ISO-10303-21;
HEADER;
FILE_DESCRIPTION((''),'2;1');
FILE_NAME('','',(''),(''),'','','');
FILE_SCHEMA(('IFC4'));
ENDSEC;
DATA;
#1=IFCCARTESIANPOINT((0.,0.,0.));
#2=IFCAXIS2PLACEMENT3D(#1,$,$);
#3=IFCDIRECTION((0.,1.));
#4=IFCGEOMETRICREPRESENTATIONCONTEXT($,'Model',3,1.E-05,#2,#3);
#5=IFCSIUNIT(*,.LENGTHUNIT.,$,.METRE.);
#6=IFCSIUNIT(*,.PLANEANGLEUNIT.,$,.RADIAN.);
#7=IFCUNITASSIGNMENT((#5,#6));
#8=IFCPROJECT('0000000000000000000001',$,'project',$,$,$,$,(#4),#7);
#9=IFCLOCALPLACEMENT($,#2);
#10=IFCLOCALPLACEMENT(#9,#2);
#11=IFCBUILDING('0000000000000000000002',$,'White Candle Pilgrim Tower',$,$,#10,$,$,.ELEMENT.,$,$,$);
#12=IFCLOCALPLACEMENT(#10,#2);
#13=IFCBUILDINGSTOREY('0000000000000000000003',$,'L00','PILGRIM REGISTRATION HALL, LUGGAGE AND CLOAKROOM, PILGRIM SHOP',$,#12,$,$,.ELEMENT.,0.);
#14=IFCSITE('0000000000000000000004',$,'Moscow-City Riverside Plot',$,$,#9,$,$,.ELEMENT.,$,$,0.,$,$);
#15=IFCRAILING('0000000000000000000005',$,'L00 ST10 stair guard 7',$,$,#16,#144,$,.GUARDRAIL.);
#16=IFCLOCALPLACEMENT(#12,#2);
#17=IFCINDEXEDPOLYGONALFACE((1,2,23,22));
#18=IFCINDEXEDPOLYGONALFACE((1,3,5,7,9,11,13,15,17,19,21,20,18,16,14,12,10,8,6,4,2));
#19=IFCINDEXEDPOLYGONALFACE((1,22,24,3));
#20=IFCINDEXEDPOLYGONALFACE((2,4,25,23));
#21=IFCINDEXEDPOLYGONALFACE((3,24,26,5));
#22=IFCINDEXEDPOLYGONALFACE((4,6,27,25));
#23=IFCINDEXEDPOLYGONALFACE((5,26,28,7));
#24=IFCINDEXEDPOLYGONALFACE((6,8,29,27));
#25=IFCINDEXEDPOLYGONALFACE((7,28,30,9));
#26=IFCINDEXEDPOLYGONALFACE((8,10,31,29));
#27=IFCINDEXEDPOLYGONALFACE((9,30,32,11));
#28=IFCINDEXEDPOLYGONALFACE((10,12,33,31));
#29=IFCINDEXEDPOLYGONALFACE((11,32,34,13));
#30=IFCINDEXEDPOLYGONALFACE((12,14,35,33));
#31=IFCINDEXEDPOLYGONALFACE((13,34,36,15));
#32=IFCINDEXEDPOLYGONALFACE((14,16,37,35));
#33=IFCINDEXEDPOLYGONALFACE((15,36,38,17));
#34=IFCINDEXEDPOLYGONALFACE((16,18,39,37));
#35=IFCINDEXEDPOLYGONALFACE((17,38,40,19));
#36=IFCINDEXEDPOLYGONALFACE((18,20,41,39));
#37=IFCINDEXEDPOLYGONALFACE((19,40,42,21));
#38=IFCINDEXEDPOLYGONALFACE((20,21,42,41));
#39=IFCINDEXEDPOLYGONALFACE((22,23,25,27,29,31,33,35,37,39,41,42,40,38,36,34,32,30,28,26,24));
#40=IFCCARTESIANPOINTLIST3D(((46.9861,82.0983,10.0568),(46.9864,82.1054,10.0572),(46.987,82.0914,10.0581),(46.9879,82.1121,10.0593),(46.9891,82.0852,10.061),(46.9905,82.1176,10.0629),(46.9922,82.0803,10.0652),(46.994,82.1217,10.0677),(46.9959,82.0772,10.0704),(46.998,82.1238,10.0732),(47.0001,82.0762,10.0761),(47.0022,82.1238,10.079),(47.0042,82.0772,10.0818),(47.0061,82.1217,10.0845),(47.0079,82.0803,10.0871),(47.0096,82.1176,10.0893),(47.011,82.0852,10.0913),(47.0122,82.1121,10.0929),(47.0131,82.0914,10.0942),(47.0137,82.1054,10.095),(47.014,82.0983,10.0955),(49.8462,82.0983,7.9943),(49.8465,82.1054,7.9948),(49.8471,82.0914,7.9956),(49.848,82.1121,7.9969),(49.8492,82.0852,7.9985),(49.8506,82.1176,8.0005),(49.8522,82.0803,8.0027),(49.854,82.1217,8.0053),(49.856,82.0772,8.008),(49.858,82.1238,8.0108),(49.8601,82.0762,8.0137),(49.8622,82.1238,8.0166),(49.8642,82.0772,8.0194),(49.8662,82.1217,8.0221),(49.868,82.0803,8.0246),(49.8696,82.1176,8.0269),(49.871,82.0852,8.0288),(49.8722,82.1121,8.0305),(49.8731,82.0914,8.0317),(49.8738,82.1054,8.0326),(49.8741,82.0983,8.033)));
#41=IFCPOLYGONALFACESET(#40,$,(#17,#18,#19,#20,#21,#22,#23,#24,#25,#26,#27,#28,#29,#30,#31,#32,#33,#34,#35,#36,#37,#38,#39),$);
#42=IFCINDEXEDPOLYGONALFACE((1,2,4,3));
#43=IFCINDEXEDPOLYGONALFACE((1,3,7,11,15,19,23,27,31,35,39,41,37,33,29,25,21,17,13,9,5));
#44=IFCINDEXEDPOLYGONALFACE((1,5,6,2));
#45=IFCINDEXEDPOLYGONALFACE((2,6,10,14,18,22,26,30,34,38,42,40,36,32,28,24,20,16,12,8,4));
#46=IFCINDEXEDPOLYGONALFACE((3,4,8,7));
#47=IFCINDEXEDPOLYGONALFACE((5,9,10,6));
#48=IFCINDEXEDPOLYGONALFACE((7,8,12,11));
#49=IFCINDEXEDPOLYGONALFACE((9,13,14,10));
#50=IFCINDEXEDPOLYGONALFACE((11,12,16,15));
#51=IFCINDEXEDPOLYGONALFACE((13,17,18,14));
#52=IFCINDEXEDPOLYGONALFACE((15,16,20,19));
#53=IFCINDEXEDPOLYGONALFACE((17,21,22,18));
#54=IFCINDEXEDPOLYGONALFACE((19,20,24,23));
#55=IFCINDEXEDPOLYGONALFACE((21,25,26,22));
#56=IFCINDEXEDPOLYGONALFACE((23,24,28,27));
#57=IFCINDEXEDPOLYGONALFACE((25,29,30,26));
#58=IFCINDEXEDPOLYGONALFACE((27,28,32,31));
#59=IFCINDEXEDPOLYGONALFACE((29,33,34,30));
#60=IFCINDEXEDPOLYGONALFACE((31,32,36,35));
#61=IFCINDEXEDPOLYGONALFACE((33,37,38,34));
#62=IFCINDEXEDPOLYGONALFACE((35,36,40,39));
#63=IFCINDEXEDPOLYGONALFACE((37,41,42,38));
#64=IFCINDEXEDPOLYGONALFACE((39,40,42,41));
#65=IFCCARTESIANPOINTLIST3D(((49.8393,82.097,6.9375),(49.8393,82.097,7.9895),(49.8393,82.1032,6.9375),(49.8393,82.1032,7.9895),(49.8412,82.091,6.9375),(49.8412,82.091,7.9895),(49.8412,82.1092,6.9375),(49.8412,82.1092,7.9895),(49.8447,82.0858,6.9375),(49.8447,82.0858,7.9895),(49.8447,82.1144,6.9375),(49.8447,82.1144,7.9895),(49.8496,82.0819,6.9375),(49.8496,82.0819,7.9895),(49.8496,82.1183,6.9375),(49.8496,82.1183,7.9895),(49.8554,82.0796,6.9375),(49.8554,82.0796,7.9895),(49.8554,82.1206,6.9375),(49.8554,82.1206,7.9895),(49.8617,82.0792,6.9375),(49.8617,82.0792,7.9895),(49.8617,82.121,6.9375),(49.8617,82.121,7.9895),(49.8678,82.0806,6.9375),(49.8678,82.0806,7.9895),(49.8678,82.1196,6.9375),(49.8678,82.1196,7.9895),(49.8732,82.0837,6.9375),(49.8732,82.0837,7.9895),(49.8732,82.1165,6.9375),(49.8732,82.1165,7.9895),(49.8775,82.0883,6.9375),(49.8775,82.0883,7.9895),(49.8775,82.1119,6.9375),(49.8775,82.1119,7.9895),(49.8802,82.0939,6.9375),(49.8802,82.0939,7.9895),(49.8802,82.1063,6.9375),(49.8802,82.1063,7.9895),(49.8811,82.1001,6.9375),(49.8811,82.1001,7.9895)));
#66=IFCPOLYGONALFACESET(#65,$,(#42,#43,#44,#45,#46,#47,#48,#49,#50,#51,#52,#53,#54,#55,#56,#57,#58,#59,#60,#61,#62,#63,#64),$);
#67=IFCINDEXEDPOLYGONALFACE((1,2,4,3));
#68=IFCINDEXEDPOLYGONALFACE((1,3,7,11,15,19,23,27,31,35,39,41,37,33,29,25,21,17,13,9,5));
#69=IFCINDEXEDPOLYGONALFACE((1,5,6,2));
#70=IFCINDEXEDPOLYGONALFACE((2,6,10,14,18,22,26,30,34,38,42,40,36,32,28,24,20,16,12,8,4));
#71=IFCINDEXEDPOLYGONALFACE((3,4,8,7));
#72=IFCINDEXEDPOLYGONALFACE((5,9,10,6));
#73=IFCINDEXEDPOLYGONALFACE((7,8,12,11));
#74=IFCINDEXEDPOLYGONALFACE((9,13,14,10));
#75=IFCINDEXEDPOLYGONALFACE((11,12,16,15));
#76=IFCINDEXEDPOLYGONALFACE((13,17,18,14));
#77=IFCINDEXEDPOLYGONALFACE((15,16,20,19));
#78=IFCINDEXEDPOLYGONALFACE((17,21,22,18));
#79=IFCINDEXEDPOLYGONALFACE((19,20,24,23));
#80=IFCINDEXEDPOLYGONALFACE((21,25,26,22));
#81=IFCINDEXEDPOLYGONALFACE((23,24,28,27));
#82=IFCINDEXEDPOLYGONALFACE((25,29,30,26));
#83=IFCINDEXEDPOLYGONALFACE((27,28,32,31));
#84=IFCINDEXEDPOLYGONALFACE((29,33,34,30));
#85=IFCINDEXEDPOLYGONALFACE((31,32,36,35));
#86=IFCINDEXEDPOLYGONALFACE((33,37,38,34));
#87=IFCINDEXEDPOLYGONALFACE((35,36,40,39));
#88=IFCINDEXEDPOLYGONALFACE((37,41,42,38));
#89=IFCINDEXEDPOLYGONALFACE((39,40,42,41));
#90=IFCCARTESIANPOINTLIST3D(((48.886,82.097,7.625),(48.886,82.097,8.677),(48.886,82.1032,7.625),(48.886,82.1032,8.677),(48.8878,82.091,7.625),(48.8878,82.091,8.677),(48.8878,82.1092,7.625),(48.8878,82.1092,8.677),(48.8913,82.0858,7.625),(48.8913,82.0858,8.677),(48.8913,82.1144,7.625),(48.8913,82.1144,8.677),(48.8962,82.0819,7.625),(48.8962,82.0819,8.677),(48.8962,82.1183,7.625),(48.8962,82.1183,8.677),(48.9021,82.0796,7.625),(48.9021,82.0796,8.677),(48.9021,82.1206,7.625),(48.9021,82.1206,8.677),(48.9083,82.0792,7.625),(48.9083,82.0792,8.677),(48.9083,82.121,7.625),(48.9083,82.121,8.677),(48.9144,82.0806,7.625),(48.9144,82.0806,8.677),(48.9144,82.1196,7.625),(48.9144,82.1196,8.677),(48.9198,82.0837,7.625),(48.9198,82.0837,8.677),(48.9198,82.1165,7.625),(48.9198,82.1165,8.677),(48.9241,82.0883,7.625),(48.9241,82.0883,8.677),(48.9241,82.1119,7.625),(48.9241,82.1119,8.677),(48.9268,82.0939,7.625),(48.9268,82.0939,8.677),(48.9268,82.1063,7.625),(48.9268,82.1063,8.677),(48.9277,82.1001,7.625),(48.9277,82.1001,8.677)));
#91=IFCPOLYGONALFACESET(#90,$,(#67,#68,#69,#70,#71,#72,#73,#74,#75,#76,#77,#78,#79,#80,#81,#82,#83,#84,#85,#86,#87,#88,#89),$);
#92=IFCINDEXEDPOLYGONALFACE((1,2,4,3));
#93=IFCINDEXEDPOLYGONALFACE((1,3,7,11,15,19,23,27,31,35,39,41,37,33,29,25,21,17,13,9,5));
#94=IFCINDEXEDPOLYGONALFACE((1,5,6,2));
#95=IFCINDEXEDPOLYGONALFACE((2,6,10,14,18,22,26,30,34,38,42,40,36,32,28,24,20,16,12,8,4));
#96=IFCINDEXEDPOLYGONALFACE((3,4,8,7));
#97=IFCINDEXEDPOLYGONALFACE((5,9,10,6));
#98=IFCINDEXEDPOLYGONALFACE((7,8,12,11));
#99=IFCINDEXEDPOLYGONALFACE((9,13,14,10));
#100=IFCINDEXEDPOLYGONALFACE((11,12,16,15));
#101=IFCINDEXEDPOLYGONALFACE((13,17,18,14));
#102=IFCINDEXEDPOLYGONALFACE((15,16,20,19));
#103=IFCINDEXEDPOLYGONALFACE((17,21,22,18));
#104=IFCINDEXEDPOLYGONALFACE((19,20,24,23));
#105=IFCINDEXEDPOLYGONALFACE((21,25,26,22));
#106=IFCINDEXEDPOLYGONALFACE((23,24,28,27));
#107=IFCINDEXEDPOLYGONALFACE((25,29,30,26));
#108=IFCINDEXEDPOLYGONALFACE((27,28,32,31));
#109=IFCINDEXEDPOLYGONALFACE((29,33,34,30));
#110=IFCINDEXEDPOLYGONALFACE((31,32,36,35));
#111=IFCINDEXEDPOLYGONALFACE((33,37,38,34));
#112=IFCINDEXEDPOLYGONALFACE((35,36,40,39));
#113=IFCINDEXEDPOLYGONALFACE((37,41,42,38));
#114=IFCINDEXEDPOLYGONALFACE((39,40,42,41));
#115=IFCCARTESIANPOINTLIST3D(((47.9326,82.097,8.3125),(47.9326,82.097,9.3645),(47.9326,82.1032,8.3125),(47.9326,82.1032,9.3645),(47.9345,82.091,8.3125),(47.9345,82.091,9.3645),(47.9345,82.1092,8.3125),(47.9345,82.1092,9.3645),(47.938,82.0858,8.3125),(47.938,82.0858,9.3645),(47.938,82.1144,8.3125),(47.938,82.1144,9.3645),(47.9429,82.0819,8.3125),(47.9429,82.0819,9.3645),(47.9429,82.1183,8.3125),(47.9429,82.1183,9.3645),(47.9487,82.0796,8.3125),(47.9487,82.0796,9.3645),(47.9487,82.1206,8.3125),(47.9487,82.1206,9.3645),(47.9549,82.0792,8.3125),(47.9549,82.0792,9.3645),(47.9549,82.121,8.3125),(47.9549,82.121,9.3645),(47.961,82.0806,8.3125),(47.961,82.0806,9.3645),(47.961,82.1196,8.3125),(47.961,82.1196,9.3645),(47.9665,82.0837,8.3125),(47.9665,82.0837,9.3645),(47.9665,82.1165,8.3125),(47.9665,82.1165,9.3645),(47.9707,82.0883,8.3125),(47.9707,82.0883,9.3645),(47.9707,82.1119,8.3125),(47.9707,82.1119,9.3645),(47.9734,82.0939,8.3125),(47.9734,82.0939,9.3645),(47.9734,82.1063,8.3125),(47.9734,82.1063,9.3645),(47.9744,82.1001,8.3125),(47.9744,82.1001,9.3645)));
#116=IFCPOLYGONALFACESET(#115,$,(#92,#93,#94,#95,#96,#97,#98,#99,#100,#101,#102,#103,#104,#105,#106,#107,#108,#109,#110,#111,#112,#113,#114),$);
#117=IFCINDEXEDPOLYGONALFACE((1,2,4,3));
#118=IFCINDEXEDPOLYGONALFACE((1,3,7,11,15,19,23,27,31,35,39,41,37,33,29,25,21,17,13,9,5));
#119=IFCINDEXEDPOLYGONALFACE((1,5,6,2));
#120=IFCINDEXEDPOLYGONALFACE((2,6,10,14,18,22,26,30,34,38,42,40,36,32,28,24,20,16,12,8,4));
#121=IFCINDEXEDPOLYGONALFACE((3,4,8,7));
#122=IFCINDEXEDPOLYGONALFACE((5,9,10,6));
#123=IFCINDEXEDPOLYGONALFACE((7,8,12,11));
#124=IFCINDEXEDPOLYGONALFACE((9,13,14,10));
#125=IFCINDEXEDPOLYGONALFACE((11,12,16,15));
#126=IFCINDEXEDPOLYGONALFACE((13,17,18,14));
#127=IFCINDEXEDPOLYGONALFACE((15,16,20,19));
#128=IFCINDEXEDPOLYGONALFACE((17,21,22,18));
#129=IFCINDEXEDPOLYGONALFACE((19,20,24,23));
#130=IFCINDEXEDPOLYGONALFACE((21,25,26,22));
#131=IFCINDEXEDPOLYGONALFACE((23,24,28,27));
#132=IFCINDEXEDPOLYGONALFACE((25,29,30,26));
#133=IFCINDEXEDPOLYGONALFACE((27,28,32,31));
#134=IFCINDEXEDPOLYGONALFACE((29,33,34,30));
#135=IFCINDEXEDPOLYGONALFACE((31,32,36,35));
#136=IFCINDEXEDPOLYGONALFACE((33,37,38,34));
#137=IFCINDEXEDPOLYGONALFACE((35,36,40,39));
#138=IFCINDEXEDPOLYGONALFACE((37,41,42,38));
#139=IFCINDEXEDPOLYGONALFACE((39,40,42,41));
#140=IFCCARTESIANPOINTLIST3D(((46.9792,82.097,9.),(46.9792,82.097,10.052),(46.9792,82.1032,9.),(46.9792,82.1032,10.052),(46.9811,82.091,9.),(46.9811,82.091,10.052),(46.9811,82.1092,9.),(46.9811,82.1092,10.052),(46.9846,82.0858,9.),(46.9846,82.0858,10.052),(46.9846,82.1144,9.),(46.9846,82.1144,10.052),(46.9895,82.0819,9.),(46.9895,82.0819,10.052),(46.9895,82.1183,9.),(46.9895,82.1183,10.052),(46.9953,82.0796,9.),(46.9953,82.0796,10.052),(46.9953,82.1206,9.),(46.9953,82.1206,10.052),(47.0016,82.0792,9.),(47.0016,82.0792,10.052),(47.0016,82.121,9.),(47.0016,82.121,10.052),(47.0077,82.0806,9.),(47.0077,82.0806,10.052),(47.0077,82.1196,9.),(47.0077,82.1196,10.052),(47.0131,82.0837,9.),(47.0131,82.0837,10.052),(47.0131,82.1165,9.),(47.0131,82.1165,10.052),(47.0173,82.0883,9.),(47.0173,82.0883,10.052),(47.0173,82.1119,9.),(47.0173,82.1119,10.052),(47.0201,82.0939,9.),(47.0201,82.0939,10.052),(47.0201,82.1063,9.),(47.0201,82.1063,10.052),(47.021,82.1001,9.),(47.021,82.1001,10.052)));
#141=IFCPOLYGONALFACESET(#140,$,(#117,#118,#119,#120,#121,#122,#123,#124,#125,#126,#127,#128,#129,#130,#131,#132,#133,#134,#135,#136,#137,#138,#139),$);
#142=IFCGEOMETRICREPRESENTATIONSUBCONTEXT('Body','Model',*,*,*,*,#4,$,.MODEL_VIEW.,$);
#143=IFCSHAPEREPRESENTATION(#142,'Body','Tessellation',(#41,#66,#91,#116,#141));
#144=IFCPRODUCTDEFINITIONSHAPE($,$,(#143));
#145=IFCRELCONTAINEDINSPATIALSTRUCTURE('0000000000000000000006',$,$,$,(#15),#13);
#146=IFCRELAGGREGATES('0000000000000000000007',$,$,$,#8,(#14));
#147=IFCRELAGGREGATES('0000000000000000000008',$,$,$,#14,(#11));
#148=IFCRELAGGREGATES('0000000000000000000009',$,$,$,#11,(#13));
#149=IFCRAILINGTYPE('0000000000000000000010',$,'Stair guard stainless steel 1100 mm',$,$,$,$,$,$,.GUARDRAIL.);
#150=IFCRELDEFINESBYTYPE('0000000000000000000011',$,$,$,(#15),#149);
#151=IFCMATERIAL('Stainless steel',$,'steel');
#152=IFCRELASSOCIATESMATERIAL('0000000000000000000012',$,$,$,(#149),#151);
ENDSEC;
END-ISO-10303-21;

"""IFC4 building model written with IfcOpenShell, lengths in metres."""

from ifc_helpers import new_model, si_unit, direction, frame, origin, origin_2d, place, context, subcontext, project, spatial, circle, extrude, material, type_object, element, save


model = new_model("IFC4")

# Units and contexts
model_context = context("Model", 3, precision=1e-05, world=origin(), true_north=direction((0.0, 1.0)))
body_context = subcontext(model_context, "Body", "Model", "MODEL_VIEW")
ifc_project = project(units=[si_unit("LENGTHUNIT", "METRE"), si_unit("PLANEANGLEUNIT", "RADIAN")], contexts=[model_context])

# Site, building, storey
site_placement = place(None, origin())
site = spatial("IfcSite", under=ifc_project, at=site_placement, Name="Moscow-City Riverside Plot", CompositionType="ELEMENT", RefElevation=0.0)
building_placement = place(site_placement, origin())
building = spatial("IfcBuilding", under=site, at=building_placement, Name="White Candle Pilgrim Tower", CompositionType="ELEMENT")
storey_placement = place(building_placement, origin())
storey = spatial("IfcBuildingStorey", under=building, at=storey_placement, Name="L00", Description="PILGRIM REGISTRATION HALL, LUGGAGE AND CLOAKROOM, PILGRIM SHOP", CompositionType="ELEMENT", Elevation=0.0)

# Railing
ifc_material_1 = material(Name="Stainless steel", Category="steel")
railing_type_1 = type_object("IfcRailingType", Name="Stair guard stainless steel 1100 mm", PredefinedType="GUARDRAIL", material=ifc_material_1)
railing_placement = place(storey_placement, frame((49.8601, 82.1001, 6.9375)))
element("IfcRailing", 1, at=railing_placement, inside=storey, type_object=railing_type_1, Name="L00 ST10 stair guard 7", PredefinedType="GUARDRAIL", context=body_context, shape_type="SweptSolid", body=[
    extrude(circle(Radius=0.0239, at=origin_2d()), frame((0.0, 0.0, 1.0762), z_axis=(-0.811101, 0.0, 0.584906), x_axis=(0.0, -1.0, 0.0)), (0.0, 0.0, 1.0), 3.5261),
    extrude(circle(Radius=0.021, at=origin_2d()), origin(), (0.0, 0.0, 1.0), 1.052),
    extrude(circle(Radius=0.021, at=origin_2d()), frame((-0.9534, 0.0, 0.6875)), (0.0, 0.0, 1.0), 1.052),
    extrude(circle(Radius=0.021, at=origin_2d()), frame((-1.9067, 0.0, 1.375)), (0.0, 0.0, 1.0), 1.052),
    extrude(circle(Radius=0.021, at=origin_2d()), frame((-2.8601, 0.0, 2.0625)), (0.0, 0.0, 1.0), 1.052),
])

save(model, "model.ifc")
